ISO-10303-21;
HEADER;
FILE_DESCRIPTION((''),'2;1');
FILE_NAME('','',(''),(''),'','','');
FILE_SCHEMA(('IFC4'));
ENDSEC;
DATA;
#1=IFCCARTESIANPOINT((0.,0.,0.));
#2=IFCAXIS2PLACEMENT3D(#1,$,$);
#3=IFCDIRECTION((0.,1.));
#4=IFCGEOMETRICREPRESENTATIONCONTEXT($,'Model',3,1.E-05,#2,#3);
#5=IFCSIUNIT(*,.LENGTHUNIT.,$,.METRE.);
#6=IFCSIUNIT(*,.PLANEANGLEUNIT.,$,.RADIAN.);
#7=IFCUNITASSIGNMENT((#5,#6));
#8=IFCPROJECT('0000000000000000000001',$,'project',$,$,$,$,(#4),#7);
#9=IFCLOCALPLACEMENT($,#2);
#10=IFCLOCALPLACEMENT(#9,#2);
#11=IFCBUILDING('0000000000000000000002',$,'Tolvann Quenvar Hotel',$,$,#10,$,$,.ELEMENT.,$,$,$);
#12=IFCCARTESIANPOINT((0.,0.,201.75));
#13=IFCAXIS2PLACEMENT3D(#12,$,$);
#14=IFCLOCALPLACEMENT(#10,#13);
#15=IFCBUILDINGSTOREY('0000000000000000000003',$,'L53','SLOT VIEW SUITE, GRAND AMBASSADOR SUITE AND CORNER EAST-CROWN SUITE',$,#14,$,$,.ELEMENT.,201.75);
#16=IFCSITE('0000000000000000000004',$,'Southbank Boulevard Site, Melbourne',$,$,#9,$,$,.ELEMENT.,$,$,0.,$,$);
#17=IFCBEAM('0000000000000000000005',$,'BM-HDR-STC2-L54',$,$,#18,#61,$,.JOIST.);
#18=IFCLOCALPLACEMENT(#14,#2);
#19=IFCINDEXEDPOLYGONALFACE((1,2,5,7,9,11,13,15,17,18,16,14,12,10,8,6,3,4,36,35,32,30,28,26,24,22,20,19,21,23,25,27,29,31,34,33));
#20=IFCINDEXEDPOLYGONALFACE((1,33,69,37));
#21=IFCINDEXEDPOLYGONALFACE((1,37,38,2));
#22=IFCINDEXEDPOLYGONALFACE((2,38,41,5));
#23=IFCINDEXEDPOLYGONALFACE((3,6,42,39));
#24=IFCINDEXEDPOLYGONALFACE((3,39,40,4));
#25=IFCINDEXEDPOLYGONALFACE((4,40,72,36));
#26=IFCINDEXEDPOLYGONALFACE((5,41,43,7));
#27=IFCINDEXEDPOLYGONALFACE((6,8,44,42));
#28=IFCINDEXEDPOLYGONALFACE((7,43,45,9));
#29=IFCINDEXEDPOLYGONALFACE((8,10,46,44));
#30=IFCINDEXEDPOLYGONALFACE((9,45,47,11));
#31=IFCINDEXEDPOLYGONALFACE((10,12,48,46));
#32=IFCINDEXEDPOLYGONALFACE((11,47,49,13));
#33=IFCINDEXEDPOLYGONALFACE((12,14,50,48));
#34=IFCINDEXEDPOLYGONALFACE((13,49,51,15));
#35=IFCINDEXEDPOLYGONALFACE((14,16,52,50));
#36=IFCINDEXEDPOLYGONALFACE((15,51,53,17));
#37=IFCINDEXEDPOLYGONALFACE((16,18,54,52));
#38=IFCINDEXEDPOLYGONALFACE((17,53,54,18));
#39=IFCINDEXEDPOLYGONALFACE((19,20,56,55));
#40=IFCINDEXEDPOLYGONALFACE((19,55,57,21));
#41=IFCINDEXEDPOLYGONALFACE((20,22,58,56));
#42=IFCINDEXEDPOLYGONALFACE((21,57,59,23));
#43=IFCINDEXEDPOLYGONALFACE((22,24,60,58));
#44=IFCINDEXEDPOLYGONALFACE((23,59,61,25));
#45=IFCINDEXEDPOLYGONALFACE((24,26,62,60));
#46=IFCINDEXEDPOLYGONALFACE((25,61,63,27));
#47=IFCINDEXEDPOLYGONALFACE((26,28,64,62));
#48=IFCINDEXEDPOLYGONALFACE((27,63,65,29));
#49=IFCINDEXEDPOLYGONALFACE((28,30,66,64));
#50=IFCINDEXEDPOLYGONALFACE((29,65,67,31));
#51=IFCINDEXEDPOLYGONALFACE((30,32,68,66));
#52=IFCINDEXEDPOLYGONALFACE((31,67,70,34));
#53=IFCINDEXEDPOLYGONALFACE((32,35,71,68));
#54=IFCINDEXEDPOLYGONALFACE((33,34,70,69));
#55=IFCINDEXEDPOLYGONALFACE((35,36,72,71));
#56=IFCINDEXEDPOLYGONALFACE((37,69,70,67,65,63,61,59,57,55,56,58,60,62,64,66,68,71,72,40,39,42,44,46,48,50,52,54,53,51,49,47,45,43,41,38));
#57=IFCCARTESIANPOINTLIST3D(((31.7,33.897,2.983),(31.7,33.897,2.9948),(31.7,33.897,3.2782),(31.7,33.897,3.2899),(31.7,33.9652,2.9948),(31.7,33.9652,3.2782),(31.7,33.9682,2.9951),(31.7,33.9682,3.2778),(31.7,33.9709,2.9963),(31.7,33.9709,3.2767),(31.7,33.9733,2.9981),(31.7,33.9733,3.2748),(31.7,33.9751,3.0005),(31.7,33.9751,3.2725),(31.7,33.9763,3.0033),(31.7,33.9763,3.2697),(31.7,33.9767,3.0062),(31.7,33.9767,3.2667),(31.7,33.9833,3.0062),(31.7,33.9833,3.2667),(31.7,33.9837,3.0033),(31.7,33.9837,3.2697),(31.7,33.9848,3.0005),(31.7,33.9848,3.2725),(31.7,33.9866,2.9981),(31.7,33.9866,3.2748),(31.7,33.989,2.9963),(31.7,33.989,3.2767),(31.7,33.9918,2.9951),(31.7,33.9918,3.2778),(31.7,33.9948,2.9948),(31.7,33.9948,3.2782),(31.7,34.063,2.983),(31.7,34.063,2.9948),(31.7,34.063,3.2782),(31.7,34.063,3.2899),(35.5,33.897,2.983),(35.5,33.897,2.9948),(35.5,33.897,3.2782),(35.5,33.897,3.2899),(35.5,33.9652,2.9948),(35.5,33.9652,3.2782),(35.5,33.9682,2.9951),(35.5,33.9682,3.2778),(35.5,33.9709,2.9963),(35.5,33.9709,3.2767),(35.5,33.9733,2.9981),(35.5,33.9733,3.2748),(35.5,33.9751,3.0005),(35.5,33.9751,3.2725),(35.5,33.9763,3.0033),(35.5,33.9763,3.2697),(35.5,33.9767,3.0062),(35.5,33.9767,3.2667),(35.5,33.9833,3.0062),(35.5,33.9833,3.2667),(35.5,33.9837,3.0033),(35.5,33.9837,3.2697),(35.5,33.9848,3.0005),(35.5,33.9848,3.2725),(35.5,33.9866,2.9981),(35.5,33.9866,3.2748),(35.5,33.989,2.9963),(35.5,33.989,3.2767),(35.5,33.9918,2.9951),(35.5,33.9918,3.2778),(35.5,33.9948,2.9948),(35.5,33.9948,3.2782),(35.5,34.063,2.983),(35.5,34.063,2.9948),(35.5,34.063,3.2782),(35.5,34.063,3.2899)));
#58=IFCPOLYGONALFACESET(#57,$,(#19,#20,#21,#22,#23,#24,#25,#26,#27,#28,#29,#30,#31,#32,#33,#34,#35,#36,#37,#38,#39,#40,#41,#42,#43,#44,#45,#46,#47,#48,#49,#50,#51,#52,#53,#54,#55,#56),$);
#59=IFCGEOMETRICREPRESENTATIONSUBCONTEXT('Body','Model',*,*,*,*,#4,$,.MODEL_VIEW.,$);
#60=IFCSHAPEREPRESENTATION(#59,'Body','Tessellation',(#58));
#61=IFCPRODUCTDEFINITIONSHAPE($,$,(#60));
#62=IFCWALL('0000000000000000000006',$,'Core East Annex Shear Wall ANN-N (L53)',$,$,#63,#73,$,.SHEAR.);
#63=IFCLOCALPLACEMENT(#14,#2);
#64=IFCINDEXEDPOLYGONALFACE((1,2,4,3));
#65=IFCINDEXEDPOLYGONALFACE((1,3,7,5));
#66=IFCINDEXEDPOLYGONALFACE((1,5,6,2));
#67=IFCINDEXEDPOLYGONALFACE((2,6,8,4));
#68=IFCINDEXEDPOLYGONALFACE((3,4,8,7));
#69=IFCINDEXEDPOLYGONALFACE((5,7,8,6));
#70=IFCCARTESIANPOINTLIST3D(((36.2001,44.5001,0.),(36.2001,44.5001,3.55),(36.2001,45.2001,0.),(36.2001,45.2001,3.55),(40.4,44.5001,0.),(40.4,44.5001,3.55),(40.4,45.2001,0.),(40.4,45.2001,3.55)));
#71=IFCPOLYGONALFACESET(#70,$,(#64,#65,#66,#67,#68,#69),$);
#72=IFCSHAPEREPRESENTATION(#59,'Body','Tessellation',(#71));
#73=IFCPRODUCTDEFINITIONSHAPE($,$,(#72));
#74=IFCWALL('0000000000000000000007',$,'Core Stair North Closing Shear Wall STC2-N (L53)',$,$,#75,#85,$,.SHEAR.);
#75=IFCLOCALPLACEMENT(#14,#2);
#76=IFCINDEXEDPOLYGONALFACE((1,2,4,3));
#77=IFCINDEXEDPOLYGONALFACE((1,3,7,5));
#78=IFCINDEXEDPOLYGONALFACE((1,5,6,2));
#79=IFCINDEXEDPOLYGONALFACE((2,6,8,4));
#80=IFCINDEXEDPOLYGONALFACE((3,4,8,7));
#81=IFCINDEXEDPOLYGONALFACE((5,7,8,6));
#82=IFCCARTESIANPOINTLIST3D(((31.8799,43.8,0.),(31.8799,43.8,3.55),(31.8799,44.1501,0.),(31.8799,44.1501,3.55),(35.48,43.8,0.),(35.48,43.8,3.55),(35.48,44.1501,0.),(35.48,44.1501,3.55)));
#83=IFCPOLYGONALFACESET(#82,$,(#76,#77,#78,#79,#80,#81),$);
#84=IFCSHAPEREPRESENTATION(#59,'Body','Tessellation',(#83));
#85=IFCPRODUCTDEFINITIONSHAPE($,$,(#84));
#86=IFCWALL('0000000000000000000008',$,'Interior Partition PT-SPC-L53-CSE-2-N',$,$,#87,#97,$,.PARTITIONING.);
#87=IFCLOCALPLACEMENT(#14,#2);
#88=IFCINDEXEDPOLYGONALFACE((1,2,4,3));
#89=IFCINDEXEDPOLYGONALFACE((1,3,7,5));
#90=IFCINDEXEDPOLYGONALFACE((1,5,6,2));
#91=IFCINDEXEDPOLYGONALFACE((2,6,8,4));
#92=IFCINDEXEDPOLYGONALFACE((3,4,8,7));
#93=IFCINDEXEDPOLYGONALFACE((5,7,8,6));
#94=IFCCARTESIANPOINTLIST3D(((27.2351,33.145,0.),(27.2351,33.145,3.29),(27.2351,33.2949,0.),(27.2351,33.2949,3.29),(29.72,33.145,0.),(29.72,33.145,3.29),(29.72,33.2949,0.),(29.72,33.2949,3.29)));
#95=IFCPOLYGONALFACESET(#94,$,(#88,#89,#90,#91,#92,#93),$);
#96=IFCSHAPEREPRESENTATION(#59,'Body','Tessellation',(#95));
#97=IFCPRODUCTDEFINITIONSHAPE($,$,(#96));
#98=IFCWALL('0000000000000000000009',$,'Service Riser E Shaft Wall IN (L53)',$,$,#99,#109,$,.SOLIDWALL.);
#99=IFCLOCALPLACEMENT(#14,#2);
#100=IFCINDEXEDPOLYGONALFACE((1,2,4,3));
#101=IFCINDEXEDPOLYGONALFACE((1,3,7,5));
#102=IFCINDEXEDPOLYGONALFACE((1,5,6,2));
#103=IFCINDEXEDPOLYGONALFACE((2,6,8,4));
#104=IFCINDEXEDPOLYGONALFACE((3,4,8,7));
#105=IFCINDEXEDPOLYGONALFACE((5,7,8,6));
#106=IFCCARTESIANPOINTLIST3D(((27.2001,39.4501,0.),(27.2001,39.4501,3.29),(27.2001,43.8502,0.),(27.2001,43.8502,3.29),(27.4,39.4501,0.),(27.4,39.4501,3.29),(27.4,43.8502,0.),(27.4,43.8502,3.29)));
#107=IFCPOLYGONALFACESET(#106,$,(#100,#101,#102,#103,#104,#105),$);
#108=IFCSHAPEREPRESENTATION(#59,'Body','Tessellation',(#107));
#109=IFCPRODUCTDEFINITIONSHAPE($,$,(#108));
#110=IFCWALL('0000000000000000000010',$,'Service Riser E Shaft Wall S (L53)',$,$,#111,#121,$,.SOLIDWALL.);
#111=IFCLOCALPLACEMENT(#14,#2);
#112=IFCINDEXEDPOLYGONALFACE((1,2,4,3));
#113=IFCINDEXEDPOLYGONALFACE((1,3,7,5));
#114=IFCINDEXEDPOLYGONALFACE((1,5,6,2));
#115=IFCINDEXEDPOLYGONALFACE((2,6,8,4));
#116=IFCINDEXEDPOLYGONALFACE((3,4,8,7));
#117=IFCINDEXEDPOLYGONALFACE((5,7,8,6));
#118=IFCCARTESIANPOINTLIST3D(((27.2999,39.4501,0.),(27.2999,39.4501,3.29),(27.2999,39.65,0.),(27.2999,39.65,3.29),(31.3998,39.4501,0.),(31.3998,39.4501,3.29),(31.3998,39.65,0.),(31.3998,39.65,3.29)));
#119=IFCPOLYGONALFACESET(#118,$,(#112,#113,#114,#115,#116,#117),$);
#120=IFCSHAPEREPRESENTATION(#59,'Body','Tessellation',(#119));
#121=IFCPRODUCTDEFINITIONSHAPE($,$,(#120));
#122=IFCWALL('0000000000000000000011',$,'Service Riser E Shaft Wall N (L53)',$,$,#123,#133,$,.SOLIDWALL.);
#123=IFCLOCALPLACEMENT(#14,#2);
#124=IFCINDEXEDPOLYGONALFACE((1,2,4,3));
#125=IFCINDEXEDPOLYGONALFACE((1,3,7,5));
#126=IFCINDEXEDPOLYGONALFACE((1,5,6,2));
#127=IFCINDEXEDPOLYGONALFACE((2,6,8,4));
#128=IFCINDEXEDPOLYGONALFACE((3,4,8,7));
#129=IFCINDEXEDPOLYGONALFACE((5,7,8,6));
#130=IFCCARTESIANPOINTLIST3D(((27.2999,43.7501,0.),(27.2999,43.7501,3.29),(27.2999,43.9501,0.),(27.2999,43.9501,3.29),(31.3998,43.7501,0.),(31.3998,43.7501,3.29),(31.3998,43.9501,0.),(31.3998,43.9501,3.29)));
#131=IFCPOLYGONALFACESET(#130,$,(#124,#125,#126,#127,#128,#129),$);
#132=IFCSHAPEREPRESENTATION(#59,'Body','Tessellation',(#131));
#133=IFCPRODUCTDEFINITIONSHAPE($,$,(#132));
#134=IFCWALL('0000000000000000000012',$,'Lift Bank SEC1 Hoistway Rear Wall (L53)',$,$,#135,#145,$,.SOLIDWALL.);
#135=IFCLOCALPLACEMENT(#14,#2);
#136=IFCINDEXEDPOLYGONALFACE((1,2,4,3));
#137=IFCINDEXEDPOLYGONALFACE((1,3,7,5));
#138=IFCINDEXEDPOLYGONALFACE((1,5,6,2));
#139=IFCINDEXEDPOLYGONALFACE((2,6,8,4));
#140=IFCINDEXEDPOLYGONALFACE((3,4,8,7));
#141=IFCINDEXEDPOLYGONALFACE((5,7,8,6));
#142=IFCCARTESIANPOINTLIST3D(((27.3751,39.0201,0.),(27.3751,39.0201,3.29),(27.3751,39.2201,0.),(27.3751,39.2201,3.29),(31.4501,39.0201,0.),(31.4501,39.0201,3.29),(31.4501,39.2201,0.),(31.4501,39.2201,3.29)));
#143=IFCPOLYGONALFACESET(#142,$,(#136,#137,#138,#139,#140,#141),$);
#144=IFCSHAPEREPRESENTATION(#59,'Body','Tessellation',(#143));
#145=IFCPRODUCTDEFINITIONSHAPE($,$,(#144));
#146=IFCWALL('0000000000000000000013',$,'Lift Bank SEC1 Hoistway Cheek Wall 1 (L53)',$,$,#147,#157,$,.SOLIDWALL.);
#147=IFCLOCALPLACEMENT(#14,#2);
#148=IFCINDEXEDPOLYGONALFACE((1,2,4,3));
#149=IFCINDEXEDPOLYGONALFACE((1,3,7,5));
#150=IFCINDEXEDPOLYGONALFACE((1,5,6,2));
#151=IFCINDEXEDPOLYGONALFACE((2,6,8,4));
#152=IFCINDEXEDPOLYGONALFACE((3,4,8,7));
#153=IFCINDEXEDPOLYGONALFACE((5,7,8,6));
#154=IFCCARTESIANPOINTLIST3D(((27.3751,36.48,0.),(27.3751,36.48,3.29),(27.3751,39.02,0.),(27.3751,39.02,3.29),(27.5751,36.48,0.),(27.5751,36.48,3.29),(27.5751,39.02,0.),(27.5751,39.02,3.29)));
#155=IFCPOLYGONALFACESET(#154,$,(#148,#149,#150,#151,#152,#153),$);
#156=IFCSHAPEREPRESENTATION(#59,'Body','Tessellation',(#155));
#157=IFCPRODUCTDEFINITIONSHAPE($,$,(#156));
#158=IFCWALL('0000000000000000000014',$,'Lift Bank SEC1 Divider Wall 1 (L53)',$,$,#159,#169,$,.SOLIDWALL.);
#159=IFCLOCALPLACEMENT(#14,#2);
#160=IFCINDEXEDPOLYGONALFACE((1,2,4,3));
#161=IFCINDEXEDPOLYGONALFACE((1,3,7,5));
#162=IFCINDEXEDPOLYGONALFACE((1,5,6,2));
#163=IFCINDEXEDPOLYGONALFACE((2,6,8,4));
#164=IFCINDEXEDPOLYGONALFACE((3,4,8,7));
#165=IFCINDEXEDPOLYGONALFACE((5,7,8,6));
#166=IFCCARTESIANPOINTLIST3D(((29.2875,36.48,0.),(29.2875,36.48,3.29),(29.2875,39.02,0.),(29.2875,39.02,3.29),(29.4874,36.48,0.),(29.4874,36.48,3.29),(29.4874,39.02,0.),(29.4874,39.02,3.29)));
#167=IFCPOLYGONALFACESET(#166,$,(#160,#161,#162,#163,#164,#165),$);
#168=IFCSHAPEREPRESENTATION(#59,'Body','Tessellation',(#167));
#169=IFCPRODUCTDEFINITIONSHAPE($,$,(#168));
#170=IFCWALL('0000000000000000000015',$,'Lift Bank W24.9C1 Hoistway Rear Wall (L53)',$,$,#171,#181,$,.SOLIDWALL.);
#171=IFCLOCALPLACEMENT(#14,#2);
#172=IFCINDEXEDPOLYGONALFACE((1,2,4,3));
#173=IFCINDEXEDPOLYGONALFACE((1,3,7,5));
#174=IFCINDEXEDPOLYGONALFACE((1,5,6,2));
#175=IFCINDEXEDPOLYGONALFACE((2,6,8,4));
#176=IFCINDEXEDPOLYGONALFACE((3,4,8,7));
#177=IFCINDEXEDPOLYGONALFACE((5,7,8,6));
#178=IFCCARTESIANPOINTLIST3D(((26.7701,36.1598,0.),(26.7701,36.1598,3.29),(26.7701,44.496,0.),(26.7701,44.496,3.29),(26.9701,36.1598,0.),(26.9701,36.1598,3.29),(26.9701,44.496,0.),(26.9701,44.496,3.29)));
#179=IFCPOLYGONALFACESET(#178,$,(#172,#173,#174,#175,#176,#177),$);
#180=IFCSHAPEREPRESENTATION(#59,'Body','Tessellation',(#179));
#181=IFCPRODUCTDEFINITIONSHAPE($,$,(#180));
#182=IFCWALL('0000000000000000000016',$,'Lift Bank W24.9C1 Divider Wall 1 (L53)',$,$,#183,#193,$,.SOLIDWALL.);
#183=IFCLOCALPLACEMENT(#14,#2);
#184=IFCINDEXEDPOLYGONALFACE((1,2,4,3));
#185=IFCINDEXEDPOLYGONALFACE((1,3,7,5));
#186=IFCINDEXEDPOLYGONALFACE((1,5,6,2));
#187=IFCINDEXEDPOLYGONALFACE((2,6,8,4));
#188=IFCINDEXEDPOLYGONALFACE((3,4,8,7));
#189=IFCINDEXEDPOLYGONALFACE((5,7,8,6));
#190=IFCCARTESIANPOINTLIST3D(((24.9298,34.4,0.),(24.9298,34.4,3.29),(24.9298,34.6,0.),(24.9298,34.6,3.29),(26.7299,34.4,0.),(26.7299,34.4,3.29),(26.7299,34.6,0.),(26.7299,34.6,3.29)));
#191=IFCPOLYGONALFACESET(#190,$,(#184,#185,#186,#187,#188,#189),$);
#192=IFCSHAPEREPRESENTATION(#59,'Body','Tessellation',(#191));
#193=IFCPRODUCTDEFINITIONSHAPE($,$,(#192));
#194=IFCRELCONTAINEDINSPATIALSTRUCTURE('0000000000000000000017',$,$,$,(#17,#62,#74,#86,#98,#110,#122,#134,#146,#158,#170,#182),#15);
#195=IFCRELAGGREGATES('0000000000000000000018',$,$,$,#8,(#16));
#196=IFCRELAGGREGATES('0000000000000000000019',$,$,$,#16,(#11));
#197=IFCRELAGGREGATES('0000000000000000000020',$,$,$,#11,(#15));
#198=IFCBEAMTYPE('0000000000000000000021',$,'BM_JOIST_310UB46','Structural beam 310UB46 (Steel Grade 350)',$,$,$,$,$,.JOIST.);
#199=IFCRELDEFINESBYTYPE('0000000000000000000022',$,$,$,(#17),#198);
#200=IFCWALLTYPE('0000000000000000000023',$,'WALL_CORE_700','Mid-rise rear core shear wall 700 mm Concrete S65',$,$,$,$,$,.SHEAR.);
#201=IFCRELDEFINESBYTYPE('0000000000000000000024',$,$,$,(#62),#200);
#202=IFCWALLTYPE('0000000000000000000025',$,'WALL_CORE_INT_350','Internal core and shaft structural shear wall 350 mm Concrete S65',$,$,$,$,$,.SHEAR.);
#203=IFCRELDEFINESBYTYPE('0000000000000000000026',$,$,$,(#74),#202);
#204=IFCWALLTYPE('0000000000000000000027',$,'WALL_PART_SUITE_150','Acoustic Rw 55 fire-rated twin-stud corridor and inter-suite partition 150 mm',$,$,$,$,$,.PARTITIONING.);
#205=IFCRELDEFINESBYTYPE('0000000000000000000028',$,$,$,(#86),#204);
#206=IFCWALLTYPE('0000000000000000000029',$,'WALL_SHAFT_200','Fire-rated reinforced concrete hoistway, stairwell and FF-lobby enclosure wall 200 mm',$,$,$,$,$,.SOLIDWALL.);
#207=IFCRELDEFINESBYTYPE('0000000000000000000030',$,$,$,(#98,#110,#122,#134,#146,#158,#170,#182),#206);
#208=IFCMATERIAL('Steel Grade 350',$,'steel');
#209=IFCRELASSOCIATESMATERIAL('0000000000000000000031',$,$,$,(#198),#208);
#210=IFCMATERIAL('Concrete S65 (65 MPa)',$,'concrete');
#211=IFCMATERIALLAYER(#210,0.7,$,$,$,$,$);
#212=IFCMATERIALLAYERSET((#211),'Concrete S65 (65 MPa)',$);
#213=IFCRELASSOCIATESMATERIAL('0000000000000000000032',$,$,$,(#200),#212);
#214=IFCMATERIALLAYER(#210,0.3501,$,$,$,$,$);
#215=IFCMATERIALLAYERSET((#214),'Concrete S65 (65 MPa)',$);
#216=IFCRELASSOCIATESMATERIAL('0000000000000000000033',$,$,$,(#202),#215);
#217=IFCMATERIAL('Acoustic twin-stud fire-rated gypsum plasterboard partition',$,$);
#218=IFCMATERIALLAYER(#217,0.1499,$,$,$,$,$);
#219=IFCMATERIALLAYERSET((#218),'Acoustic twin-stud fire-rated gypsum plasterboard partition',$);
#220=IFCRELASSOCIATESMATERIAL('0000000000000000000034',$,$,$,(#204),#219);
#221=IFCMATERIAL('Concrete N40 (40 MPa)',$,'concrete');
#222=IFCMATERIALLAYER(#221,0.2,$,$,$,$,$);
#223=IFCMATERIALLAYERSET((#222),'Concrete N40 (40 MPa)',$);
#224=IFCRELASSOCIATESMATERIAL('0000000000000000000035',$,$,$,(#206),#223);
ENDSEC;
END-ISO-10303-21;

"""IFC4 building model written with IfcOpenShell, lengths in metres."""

from ifc_helpers import new_model, si_unit, direction, frame, frame_2d, origin, origin_2d, place, context, subcontext, project, spatial, rectangle, i_section, extrude, source, transform, mapped, material, layer, layer_set, material_profile, profile_set, type_object, type_shapes, element, save


model = new_model("IFC4")

# Units and contexts
model_context = context("Model", 3, precision=1e-05, world=origin(), true_north=direction((0.0, 1.0)))
body_context = subcontext(model_context, "Body", "Model", "MODEL_VIEW")
ifc_project = project(units=[si_unit("LENGTHUNIT", "METRE"), si_unit("PLANEANGLEUNIT", "RADIAN")], contexts=[model_context])

# Site, building, storey
site_placement = place(None, origin())
site = spatial("IfcSite", under=ifc_project, at=site_placement, Name="Southbank Boulevard Site, Melbourne", CompositionType="ELEMENT", RefElevation=0.0)
building_placement = place(site_placement, origin())
building = spatial("IfcBuilding", under=site, at=building_placement, Name="Tolvann Quenvar Hotel", CompositionType="ELEMENT")
storey_placement = place(building_placement, frame((0.0, 0.0, 201.75)))
storey = spatial("IfcBuildingStorey", under=building, at=storey_placement, Name="L53", Description="SLOT VIEW SUITE, GRAND AMBASSADOR SUITE AND CORNER EAST-CROWN SUITE", CompositionType="ELEMENT", Elevation=201.75)

# Beam
ifc_material_1 = material(Name="Steel Grade 350", Category="steel")
ifc_material_profile = material_profile(ifc_material_1, i_section(OverallWidth=0.166, OverallDepth=0.3069, WebThickness=0.0066, FlangeThickness=0.0117, FilletRadius=0.0115, at=origin_2d()), Name="310UB46")
ifc_profile_set = profile_set([ifc_material_profile], Name="Steel Grade 350")
beam_type = type_object("IfcBeamType", Name="BM_JOIST_310UB46", Description="Structural beam 310UB46 (Steel Grade 350)", PredefinedType="JOIST", material=ifc_profile_set)
shared_shape_1 = source(origin(), body_context, "Body", "SweptSolid", [
    extrude(i_section(OverallWidth=0.166, OverallDepth=0.3069, WebThickness=0.0066, FlangeThickness=0.0117, FilletRadius=0.0115, at=origin_2d()), origin(), (0.0, 0.0, 1.0), 3.8),
])
type_shapes(beam_type, [shared_shape_1])
beam_placement = place(storey_placement, frame((31.7, 33.98, 3.1365), z_axis=(1.0, 0.0, 0.0), x_axis=(0.0, 1.0, 0.0)))
element("IfcBeam", 1, at=beam_placement, inside=storey, type_object=beam_type, Name="BM-HDR-STC2-L54", PredefinedType="JOIST", context=body_context, shape_type="MappedRepresentation", body=[
    mapped(shared_shape_1, transform((0.0, 0.0, 0.0), x_axis=(1.0, 0.0, 0.0), y_axis=(0.0, 1.0, 0.0), z_axis=(0.0, 0.0, 1.0), scale=1.0)),
])

# Walls
ifc_material_2 = material(Name="Concrete S65 (65 MPa)", Category="concrete")
ifc_layer_1 = layer(ifc_material_2, 0.7)
ifc_layer_set_1 = layer_set([ifc_layer_1], Name="Concrete S65 (65 MPa)")
wall_type_1 = type_object("IfcWallType", Name="WALL_CORE_700", Description="Mid-rise rear core shear wall 700 mm Concrete S65", PredefinedType="SHEAR", material=ifc_layer_set_1)
wall_1_placement = place(storey_placement, frame((36.2, 44.8501, 0.0), z_axis=(0.0, 0.0, 1.0), x_axis=(1.0, 0.0, 0.0)))
element("IfcWall", 2, at=wall_1_placement, inside=storey, type_object=wall_type_1, Name="Core East Annex Shear Wall ANN-N (L53)", PredefinedType="SHEAR", context=body_context, shape_type="SweptSolid", body=[
    extrude(rectangle(XDim=4.2, YDim=0.7, at=frame_2d((2.1001, 0.0))), origin(), (0.0, 0.0, 1.0), 3.55),
])
ifc_layer_2 = layer(ifc_material_2, 0.3501)
ifc_layer_set_2 = layer_set([ifc_layer_2], Name="Concrete S65 (65 MPa)")
wall_type_2 = type_object("IfcWallType", Name="WALL_CORE_INT_350", Description="Internal core and shaft structural shear wall 350 mm Concrete S65", PredefinedType="SHEAR", material=ifc_layer_set_2)
wall_2_placement = place(storey_placement, frame((31.8799, 43.9751, 0.0), z_axis=(0.0, 0.0, 1.0), x_axis=(1.0, 0.0, 0.0)))
element("IfcWall", 3, at=wall_2_placement, inside=storey, type_object=wall_type_2, Name="Core Stair North Closing Shear Wall STC2-N (L53)", PredefinedType="SHEAR", context=body_context, shape_type="SweptSolid", body=[
    extrude(rectangle(XDim=3.6001, YDim=0.3501, at=frame_2d((1.8, 0.0))), origin(), (0.0, 0.0, 1.0), 3.55),
])
ifc_material_3 = material(Name="Acoustic twin-stud fire-rated gypsum plasterboard partition")
ifc_layer_3 = layer(ifc_material_3, 0.1499)
ifc_layer_set_3 = layer_set([ifc_layer_3], Name="Acoustic twin-stud fire-rated gypsum plasterboard partition")
wall_type_3 = type_object("IfcWallType", Name="WALL_PART_SUITE_150", Description="Acoustic Rw 55 fire-rated twin-stud corridor and inter-suite partition 150 mm", PredefinedType="PARTITIONING", material=ifc_layer_set_3)
wall_3_placement = place(storey_placement, frame((27.2351, 33.22, 0.0), z_axis=(0.0, 0.0, 1.0), x_axis=(1.0, 0.0, 0.0)))
element("IfcWall", 4, at=wall_3_placement, inside=storey, type_object=wall_type_3, Name="Interior Partition PT-SPC-L53-CSE-2-N", PredefinedType="PARTITIONING", context=body_context, shape_type="SweptSolid", body=[
    extrude(rectangle(XDim=2.4849, YDim=0.1499, at=frame_2d((1.2424, 0.0))), origin(), (0.0, 0.0, 1.0), 3.29),
])
ifc_material_4 = material(Name="Concrete N40 (40 MPa)", Category="concrete")
ifc_layer_4 = layer(ifc_material_4, 0.2)
ifc_layer_set_4 = layer_set([ifc_layer_4], Name="Concrete N40 (40 MPa)")
wall_type_4 = type_object("IfcWallType", Name="WALL_SHAFT_200", Description="Fire-rated reinforced concrete hoistway, stairwell and FF-lobby enclosure wall 200 mm", PredefinedType="SOLIDWALL", material=ifc_layer_set_4)
wall_4_placement = place(storey_placement, frame((27.3, 39.45, 0.0), z_axis=(0.0, 0.0, 1.0), x_axis=(0.0, 1.0, 0.0)))
element("IfcWall", 5, at=wall_4_placement, inside=storey, type_object=wall_type_4, Name="Service Riser E Shaft Wall IN (L53)", PredefinedType="SOLIDWALL", context=body_context, shape_type="SweptSolid", body=[
    extrude(rectangle(XDim=4.4001, YDim=0.2, at=frame_2d((2.2002, 0.0))), origin(), (0.0, 0.0, 1.0), 3.29),
])
for number, where, z_axis, x_axis, name in (
    (6, (27.3, 39.55, 0.0), (0.0, 0.0, 1.0), (1.0, 0.0, 0.0), "Service Riser E Shaft Wall S (L53)"),
    (7, (27.3, 43.8501, 0.0), (0.0, 0.0, 1.0), (1.0, 0.0, 0.0), "Service Riser E Shaft Wall N (L53)"),
):
    element("IfcWall", number, at=place(storey_placement, frame(where, z_axis=z_axis, x_axis=x_axis)), inside=storey, type_object=wall_type_4, Name=name, PredefinedType="SOLIDWALL", context=body_context, shape_type="SweptSolid", body=[
        extrude(rectangle(XDim=4.0999, YDim=0.2, at=frame_2d((2.0498, 0.0))), origin(), (0.0, 0.0, 1.0), 3.29),
    ])

# Walls
wall_5_placement = place(storey_placement, frame((27.375, 39.1201, 0.0), z_axis=(0.0, 0.0, 1.0), x_axis=(1.0, 0.0, 0.0)))
element("IfcWall", 8, at=wall_5_placement, inside=storey, type_object=wall_type_4, Name="Lift Bank SEC1 Hoistway Rear Wall (L53)", PredefinedType="SOLIDWALL", context=body_context, shape_type="SweptSolid", body=[
    extrude(rectangle(XDim=4.075, YDim=0.2, at=frame_2d((2.0376, 0.0))), origin(), (0.0, 0.0, 1.0), 3.29),
])
for number, where, z_axis, x_axis, name in (
    (9, (27.4751, 36.48, 0.0), (0.0, 0.0, 1.0), (0.0, 1.0, 0.0), "Lift Bank SEC1 Hoistway Cheek Wall 1 (L53)"),
    (10, (29.3875, 36.48, 0.0), (0.0, 0.0, 1.0), (0.0, 1.0, 0.0), "Lift Bank SEC1 Divider Wall 1 (L53)"),
):
    element("IfcWall", number, at=place(storey_placement, frame(where, z_axis=z_axis, x_axis=x_axis)), inside=storey, type_object=wall_type_4, Name=name, PredefinedType="SOLIDWALL", context=body_context, shape_type="SweptSolid", body=[
        extrude(rectangle(XDim=2.54, YDim=0.2, at=frame_2d((1.27, 0.0))), origin(), (0.0, 0.0, 1.0), 3.29),
    ])
wall_6_placement = place(storey_placement, frame((26.8701, 36.1599, 0.0), z_axis=(0.0, 0.0, 1.0), x_axis=(0.0, 1.0, 0.0)))
element("IfcWall", 11, at=wall_6_placement, inside=storey, type_object=wall_type_4, Name="Lift Bank W24.9C1 Hoistway Rear Wall (L53)", PredefinedType="SOLIDWALL", context=body_context, shape_type="SweptSolid", body=[
    extrude(rectangle(XDim=8.3362, YDim=0.2, at=frame_2d((4.168, 0.0))), origin(), (0.0, 0.0, 1.0), 3.29),
])
wall_7_placement = place(storey_placement, frame((24.9299, 34.5, 0.0), z_axis=(0.0, 0.0, 1.0), x_axis=(1.0, 0.0, 0.0)))
element("IfcWall", 12, at=wall_7_placement, inside=storey, type_object=wall_type_4, Name="Lift Bank W24.9C1 Divider Wall 1 (L53)", PredefinedType="SOLIDWALL", context=body_context, shape_type="SweptSolid", body=[
    extrude(rectangle(XDim=1.8, YDim=0.2, at=frame_2d((0.8999, 0.0))), origin(), (0.0, 0.0, 1.0), 3.29),
])

save(model, "model.ifc")
